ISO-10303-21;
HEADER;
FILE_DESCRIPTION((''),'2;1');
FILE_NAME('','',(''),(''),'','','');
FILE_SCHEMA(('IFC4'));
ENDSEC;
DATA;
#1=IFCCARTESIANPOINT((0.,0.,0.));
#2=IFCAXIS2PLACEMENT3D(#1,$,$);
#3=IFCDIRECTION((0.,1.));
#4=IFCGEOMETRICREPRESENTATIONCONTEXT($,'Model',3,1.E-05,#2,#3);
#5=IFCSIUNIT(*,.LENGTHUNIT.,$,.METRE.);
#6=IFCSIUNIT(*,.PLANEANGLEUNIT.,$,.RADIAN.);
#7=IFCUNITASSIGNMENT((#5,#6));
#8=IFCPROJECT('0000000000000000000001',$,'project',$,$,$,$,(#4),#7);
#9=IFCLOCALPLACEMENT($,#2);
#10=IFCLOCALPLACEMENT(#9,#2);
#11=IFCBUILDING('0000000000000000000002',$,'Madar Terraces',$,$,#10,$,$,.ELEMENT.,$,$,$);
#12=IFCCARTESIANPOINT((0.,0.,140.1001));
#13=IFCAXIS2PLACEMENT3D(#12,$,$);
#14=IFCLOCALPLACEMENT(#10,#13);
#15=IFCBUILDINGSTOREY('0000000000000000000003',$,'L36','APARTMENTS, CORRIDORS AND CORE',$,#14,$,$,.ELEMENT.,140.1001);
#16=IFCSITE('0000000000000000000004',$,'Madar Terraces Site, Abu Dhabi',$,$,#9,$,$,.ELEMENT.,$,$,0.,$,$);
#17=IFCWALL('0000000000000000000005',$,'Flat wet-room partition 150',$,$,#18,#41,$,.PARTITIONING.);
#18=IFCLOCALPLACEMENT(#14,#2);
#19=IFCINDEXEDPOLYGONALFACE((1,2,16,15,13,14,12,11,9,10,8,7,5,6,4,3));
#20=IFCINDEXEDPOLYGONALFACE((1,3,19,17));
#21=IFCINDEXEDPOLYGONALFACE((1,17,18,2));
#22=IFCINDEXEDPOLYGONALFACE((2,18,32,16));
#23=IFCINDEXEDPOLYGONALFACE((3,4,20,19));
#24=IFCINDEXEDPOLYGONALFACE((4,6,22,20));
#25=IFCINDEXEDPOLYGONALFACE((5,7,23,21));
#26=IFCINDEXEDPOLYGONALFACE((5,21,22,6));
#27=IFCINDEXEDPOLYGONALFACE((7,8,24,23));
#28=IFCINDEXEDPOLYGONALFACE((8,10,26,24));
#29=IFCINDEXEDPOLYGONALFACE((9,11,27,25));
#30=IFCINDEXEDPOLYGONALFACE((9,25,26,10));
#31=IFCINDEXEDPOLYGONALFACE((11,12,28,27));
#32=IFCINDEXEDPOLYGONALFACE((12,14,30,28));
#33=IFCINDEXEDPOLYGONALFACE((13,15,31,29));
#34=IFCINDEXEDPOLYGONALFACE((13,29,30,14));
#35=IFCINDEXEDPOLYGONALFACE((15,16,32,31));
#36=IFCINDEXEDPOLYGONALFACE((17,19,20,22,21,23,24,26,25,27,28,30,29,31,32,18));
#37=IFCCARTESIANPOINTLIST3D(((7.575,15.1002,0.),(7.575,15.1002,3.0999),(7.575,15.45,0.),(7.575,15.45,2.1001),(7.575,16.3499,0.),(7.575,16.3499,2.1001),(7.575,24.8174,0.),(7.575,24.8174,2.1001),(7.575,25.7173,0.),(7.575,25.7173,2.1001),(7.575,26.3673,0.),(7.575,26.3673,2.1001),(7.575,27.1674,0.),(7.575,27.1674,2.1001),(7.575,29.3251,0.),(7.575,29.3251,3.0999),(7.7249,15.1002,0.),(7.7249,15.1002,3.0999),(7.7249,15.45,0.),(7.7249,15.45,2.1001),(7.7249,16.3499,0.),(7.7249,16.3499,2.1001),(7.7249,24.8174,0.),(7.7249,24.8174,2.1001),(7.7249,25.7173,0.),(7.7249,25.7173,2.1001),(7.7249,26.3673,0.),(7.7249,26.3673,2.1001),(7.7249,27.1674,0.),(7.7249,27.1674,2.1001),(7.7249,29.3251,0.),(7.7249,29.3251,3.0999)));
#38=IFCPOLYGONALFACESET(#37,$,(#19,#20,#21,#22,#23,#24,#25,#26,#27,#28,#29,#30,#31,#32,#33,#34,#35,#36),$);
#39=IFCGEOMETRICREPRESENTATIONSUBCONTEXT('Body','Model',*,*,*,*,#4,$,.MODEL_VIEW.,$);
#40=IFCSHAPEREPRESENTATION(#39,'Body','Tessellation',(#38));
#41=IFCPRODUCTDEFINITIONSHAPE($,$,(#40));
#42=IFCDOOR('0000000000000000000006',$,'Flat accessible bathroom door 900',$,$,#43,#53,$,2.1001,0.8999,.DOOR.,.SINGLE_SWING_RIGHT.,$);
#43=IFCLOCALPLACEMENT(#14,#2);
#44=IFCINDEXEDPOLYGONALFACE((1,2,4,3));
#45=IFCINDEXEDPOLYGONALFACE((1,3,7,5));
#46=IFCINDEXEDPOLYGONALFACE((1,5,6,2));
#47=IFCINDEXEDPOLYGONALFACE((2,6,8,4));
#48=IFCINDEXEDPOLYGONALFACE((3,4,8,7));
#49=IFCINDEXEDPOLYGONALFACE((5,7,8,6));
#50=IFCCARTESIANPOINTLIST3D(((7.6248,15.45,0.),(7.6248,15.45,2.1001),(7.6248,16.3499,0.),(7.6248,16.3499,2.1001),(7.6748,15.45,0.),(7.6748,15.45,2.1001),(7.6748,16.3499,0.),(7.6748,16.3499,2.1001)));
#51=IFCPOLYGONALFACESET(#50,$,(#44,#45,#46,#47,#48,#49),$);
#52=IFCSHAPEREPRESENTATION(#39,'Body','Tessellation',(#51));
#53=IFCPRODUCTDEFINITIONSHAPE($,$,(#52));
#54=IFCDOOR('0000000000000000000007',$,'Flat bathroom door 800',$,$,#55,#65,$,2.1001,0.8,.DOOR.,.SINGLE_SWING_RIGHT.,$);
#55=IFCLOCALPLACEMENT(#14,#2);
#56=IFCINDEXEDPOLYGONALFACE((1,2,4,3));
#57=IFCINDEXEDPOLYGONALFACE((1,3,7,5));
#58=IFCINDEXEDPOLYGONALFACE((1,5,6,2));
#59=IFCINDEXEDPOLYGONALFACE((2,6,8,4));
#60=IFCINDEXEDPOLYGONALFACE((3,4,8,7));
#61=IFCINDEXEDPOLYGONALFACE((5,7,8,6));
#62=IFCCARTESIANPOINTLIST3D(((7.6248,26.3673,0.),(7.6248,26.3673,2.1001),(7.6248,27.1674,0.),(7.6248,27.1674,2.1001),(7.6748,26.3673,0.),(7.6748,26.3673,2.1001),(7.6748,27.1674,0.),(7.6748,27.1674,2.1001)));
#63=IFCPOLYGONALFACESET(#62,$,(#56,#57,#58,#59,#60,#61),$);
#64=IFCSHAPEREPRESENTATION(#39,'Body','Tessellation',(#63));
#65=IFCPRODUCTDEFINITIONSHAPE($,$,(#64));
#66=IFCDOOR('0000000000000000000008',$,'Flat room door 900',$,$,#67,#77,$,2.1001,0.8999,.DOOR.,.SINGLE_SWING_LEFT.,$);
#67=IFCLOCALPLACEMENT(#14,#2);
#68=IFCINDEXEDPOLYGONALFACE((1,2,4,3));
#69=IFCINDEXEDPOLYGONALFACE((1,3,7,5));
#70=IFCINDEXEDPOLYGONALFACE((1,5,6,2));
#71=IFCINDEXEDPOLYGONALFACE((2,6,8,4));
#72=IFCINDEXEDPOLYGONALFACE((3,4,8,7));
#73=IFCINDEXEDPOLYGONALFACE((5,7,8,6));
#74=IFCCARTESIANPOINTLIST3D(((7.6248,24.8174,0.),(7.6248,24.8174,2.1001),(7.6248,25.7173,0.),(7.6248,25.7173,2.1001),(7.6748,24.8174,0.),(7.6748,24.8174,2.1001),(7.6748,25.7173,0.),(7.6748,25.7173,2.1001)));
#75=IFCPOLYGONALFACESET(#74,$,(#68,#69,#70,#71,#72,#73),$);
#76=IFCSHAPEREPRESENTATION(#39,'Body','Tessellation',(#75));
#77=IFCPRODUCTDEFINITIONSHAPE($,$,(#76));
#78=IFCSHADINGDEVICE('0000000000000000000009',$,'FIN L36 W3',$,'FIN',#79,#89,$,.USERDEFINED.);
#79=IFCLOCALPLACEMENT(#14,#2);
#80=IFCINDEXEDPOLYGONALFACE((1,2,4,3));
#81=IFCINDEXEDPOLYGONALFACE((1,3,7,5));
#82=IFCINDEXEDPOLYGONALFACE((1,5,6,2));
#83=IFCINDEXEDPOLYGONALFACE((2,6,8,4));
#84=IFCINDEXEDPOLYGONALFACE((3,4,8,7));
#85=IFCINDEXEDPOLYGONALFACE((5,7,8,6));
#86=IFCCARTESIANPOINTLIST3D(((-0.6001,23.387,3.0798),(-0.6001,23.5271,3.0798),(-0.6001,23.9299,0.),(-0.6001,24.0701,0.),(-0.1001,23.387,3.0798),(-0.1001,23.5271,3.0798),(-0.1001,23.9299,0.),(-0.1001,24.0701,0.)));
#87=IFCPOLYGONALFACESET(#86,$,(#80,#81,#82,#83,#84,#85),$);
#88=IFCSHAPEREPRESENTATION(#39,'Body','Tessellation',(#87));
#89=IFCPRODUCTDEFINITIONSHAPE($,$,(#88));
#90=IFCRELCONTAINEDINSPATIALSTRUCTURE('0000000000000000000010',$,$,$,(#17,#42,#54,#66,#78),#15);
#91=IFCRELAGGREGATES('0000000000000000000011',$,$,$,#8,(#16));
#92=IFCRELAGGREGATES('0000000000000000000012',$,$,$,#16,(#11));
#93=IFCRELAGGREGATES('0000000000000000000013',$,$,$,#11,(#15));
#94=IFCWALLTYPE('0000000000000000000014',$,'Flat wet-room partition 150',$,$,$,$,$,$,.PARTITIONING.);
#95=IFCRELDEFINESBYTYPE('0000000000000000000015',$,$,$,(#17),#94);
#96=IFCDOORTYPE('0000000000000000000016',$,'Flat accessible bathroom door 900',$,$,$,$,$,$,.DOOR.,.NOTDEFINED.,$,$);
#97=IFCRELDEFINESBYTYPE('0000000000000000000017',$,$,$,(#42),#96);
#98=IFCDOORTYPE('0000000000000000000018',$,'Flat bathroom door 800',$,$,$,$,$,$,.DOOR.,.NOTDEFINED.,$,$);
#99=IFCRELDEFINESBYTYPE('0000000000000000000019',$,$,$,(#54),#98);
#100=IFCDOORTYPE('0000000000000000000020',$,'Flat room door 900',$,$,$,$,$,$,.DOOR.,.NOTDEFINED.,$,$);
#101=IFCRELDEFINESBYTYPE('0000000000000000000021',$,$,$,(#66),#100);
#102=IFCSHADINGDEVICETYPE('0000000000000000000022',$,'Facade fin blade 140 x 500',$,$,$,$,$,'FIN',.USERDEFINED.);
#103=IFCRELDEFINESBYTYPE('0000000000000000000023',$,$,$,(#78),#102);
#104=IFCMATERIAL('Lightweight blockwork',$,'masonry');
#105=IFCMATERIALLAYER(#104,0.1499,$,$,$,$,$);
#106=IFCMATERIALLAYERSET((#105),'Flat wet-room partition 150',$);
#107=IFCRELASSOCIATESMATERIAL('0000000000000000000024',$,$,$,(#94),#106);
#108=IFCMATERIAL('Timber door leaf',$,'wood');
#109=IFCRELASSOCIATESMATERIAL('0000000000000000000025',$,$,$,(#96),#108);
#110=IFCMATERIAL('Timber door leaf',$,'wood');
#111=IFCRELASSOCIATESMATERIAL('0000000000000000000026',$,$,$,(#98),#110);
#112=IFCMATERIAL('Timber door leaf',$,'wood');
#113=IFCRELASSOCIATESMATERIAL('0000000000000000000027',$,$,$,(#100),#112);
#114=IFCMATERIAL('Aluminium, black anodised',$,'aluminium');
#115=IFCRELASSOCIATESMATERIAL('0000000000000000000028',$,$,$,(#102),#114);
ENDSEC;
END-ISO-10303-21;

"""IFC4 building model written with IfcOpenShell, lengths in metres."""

from ifc_helpers import new_model, si_unit, direction, frame, frame_2d, origin, place, context, subcontext, project, spatial, polyline, rectangle, outline, extrude, material, layer, layer_set, type_object, element, fill, save


model = new_model("IFC4")

# Units and contexts
model_context = context("Model", 3, precision=1e-05, world=origin(), true_north=direction((0.0, 1.0)))
body_context = subcontext(model_context, "Body", "Model", "MODEL_VIEW")
ifc_project = project(units=[si_unit("LENGTHUNIT", "METRE"), si_unit("PLANEANGLEUNIT", "RADIAN")], contexts=[model_context])

# Site, building, storey
site_placement = place(None, origin())
site = spatial("IfcSite", under=ifc_project, at=site_placement, Name="Madar Terraces Site, Abu Dhabi", CompositionType="ELEMENT", RefElevation=0.0)
building_placement = place(site_placement, origin())
building = spatial("IfcBuilding", under=site, at=building_placement, Name="Madar Terraces", CompositionType="ELEMENT")
storey_placement = place(building_placement, frame((0.0, 0.0, 140.1001)))
storey = spatial("IfcBuildingStorey", under=building, at=storey_placement, Name="L36", Description="APARTMENTS, CORRIDORS AND CORE", CompositionType="ELEMENT", Elevation=140.1001)

# Shared definitions
ifc_material_1 = material(Name="Lightweight blockwork", Category="masonry")
ifc_layer_1 = layer(ifc_material_1, 0.1499)
ifc_layer_set_1 = layer_set([ifc_layer_1], Name="Flat wet-room partition 150")
wall_type_1 = type_object("IfcWallType", Name="Flat wet-room partition 150", PredefinedType="PARTITIONING", material=ifc_layer_set_1)

# Wall, openings, doors
wall_1_placement = place(storey_placement, frame((7.6499, 29.325, 0.0), z_axis=(0.0, 0.0, 1.0), x_axis=(0.0, -1.0, 0.0)))
wall_1 = element("IfcWall", 1, at=wall_1_placement, inside=storey, type_object=wall_type_1, Name="Flat wet-room partition 150", PredefinedType="PARTITIONING", context=body_context, shape_type="SweptSolid", body=[
    extrude(rectangle(XDim=14.2249, YDim=0.1499, at=frame_2d((7.1123, 0.0))), origin(), (0.0, 0.0, 1.0), 3.0999),
])
opening_1_placement = place(wall_1_placement, frame((2.1577, 0.0, 0.0)))
opening_1 = element("IfcOpeningElement", 2, at=opening_1_placement, cuts=wall_1, PredefinedType="OPENING", context=body_context, shape_type="SweptSolid", body=[
    extrude(rectangle(XDim=0.8, YDim=2.1001, at=frame_2d((0.3999, 1.05))), frame((0.0, 0.085, 0.0), z_axis=(0.0, -1.0, 0.0), x_axis=(1.0, 0.0, 0.0)), (0.0, 0.0, 1.0), 0.1699),
])
opening_2_placement = place(wall_1_placement, frame((3.6077, 0.0, 0.0)))
opening_2 = element("IfcOpeningElement", 3, at=opening_2_placement, cuts=wall_1, PredefinedType="OPENING", context=body_context, shape_type="SweptSolid", body=[
    extrude(rectangle(XDim=0.8999, YDim=2.1001, at=frame_2d((0.45, 1.05))), frame((0.0, 0.085, 0.0), z_axis=(0.0, -1.0, 0.0), x_axis=(1.0, 0.0, 0.0)), (0.0, 0.0, 1.0), 0.1699),
])
opening_3_placement = place(wall_1_placement, frame((12.9751, 0.0, 0.0)))
opening_3 = element("IfcOpeningElement", 4, at=opening_3_placement, cuts=wall_1, PredefinedType="OPENING", context=body_context, shape_type="SweptSolid", body=[
    extrude(rectangle(XDim=0.8999, YDim=2.1001, at=frame_2d((0.45, 1.05))), frame((0.0, 0.085, 0.0), z_axis=(0.0, -1.0, 0.0), x_axis=(1.0, 0.0, 0.0)), (0.0, 0.0, 1.0), 0.1699),
])
ifc_material_2 = material(Name="Timber door leaf", Category="wood")
door_type_1 = type_object("IfcDoorType", Name="Flat accessible bathroom door 900", OperationType="NOTDEFINED", PredefinedType="DOOR", material=ifc_material_2)
door_1_placement = place(opening_3_placement, origin())
door_1 = element("IfcDoor", 5, at=door_1_placement, inside=storey, type_object=door_type_1, Name="Flat accessible bathroom door 900", OperationType="SINGLE_SWING_RIGHT", OverallHeight=2.1001, OverallWidth=0.8999, PredefinedType="DOOR", context=body_context, shape_type="SweptSolid", body=[
    extrude(rectangle(XDim=0.8999, YDim=2.1001, at=frame_2d((0.45, 1.05))), frame((0.0, 0.0249, 0.0), z_axis=(0.0, -1.0, 0.0), x_axis=(1.0, 0.0, 0.0)), (0.0, 0.0, 1.0), 0.05),
])
fill(opening_3, door_1)
ifc_material_3 = material(Name="Timber door leaf", Category="wood")
door_type_2 = type_object("IfcDoorType", Name="Flat bathroom door 800", OperationType="NOTDEFINED", PredefinedType="DOOR", material=ifc_material_3)
door_2_placement = place(opening_1_placement, origin())
door_2 = element("IfcDoor", 6, at=door_2_placement, inside=storey, type_object=door_type_2, Name="Flat bathroom door 800", OperationType="SINGLE_SWING_RIGHT", OverallHeight=2.1001, OverallWidth=0.8, PredefinedType="DOOR", context=body_context, shape_type="SweptSolid", body=[
    extrude(rectangle(XDim=0.8, YDim=2.1001, at=frame_2d((0.3999, 1.05))), frame((0.0, 0.0249, 0.0), z_axis=(0.0, -1.0, 0.0), x_axis=(1.0, 0.0, 0.0)), (0.0, 0.0, 1.0), 0.05),
])
fill(opening_1, door_2)
ifc_material_4 = material(Name="Timber door leaf", Category="wood")
door_type_3 = type_object("IfcDoorType", Name="Flat room door 900", OperationType="NOTDEFINED", PredefinedType="DOOR", material=ifc_material_4)
door_3_placement = place(opening_2_placement, origin())
door_3 = element("IfcDoor", 7, at=door_3_placement, inside=storey, type_object=door_type_3, Name="Flat room door 900", OperationType="SINGLE_SWING_LEFT", OverallHeight=2.1001, OverallWidth=0.8999, PredefinedType="DOOR", context=body_context, shape_type="SweptSolid", body=[
    extrude(rectangle(XDim=0.8999, YDim=2.1001, at=frame_2d((0.45, 1.05))), frame((0.0, 0.0249, 0.0), z_axis=(0.0, -1.0, 0.0), x_axis=(1.0, 0.0, 0.0)), (0.0, 0.0, 1.0), 0.05),
])
fill(opening_2, door_3)

# Shading device
ifc_material_5 = material(Name="Aluminium, black anodised", Category="aluminium")
shading_device_type = type_object("IfcShadingDeviceType", Name="Facade fin blade 140 x 500", ElementType="FIN", PredefinedType="USERDEFINED", material=ifc_material_5)
shading_device_placement = place(storey_placement, frame((-0.3501, 24.0701, 0.0), z_axis=(0.0, 0.0, 1.0), x_axis=(0.0, -1.0, 0.0)))
element("IfcShadingDevice", 8, at=shading_device_placement, inside=storey, type_object=shading_device_type, Name="FIN L36 W3", ObjectType="FIN", PredefinedType="USERDEFINED", context=body_context, shape_type="SweptSolid", body=[
    extrude(outline(polyline([(0.0, 0.0), (0.1401, 0.0), (0.6831, 3.0798), (0.543, 3.0798), (0.0, 0.0)])), frame((0.0, 0.25, 0.0), z_axis=(0.0, -1.0, 0.0), x_axis=(1.0, 0.0, 0.0)), (0.0, 0.0, 1.0), 0.5),
])

save(model, "model.ifc")
